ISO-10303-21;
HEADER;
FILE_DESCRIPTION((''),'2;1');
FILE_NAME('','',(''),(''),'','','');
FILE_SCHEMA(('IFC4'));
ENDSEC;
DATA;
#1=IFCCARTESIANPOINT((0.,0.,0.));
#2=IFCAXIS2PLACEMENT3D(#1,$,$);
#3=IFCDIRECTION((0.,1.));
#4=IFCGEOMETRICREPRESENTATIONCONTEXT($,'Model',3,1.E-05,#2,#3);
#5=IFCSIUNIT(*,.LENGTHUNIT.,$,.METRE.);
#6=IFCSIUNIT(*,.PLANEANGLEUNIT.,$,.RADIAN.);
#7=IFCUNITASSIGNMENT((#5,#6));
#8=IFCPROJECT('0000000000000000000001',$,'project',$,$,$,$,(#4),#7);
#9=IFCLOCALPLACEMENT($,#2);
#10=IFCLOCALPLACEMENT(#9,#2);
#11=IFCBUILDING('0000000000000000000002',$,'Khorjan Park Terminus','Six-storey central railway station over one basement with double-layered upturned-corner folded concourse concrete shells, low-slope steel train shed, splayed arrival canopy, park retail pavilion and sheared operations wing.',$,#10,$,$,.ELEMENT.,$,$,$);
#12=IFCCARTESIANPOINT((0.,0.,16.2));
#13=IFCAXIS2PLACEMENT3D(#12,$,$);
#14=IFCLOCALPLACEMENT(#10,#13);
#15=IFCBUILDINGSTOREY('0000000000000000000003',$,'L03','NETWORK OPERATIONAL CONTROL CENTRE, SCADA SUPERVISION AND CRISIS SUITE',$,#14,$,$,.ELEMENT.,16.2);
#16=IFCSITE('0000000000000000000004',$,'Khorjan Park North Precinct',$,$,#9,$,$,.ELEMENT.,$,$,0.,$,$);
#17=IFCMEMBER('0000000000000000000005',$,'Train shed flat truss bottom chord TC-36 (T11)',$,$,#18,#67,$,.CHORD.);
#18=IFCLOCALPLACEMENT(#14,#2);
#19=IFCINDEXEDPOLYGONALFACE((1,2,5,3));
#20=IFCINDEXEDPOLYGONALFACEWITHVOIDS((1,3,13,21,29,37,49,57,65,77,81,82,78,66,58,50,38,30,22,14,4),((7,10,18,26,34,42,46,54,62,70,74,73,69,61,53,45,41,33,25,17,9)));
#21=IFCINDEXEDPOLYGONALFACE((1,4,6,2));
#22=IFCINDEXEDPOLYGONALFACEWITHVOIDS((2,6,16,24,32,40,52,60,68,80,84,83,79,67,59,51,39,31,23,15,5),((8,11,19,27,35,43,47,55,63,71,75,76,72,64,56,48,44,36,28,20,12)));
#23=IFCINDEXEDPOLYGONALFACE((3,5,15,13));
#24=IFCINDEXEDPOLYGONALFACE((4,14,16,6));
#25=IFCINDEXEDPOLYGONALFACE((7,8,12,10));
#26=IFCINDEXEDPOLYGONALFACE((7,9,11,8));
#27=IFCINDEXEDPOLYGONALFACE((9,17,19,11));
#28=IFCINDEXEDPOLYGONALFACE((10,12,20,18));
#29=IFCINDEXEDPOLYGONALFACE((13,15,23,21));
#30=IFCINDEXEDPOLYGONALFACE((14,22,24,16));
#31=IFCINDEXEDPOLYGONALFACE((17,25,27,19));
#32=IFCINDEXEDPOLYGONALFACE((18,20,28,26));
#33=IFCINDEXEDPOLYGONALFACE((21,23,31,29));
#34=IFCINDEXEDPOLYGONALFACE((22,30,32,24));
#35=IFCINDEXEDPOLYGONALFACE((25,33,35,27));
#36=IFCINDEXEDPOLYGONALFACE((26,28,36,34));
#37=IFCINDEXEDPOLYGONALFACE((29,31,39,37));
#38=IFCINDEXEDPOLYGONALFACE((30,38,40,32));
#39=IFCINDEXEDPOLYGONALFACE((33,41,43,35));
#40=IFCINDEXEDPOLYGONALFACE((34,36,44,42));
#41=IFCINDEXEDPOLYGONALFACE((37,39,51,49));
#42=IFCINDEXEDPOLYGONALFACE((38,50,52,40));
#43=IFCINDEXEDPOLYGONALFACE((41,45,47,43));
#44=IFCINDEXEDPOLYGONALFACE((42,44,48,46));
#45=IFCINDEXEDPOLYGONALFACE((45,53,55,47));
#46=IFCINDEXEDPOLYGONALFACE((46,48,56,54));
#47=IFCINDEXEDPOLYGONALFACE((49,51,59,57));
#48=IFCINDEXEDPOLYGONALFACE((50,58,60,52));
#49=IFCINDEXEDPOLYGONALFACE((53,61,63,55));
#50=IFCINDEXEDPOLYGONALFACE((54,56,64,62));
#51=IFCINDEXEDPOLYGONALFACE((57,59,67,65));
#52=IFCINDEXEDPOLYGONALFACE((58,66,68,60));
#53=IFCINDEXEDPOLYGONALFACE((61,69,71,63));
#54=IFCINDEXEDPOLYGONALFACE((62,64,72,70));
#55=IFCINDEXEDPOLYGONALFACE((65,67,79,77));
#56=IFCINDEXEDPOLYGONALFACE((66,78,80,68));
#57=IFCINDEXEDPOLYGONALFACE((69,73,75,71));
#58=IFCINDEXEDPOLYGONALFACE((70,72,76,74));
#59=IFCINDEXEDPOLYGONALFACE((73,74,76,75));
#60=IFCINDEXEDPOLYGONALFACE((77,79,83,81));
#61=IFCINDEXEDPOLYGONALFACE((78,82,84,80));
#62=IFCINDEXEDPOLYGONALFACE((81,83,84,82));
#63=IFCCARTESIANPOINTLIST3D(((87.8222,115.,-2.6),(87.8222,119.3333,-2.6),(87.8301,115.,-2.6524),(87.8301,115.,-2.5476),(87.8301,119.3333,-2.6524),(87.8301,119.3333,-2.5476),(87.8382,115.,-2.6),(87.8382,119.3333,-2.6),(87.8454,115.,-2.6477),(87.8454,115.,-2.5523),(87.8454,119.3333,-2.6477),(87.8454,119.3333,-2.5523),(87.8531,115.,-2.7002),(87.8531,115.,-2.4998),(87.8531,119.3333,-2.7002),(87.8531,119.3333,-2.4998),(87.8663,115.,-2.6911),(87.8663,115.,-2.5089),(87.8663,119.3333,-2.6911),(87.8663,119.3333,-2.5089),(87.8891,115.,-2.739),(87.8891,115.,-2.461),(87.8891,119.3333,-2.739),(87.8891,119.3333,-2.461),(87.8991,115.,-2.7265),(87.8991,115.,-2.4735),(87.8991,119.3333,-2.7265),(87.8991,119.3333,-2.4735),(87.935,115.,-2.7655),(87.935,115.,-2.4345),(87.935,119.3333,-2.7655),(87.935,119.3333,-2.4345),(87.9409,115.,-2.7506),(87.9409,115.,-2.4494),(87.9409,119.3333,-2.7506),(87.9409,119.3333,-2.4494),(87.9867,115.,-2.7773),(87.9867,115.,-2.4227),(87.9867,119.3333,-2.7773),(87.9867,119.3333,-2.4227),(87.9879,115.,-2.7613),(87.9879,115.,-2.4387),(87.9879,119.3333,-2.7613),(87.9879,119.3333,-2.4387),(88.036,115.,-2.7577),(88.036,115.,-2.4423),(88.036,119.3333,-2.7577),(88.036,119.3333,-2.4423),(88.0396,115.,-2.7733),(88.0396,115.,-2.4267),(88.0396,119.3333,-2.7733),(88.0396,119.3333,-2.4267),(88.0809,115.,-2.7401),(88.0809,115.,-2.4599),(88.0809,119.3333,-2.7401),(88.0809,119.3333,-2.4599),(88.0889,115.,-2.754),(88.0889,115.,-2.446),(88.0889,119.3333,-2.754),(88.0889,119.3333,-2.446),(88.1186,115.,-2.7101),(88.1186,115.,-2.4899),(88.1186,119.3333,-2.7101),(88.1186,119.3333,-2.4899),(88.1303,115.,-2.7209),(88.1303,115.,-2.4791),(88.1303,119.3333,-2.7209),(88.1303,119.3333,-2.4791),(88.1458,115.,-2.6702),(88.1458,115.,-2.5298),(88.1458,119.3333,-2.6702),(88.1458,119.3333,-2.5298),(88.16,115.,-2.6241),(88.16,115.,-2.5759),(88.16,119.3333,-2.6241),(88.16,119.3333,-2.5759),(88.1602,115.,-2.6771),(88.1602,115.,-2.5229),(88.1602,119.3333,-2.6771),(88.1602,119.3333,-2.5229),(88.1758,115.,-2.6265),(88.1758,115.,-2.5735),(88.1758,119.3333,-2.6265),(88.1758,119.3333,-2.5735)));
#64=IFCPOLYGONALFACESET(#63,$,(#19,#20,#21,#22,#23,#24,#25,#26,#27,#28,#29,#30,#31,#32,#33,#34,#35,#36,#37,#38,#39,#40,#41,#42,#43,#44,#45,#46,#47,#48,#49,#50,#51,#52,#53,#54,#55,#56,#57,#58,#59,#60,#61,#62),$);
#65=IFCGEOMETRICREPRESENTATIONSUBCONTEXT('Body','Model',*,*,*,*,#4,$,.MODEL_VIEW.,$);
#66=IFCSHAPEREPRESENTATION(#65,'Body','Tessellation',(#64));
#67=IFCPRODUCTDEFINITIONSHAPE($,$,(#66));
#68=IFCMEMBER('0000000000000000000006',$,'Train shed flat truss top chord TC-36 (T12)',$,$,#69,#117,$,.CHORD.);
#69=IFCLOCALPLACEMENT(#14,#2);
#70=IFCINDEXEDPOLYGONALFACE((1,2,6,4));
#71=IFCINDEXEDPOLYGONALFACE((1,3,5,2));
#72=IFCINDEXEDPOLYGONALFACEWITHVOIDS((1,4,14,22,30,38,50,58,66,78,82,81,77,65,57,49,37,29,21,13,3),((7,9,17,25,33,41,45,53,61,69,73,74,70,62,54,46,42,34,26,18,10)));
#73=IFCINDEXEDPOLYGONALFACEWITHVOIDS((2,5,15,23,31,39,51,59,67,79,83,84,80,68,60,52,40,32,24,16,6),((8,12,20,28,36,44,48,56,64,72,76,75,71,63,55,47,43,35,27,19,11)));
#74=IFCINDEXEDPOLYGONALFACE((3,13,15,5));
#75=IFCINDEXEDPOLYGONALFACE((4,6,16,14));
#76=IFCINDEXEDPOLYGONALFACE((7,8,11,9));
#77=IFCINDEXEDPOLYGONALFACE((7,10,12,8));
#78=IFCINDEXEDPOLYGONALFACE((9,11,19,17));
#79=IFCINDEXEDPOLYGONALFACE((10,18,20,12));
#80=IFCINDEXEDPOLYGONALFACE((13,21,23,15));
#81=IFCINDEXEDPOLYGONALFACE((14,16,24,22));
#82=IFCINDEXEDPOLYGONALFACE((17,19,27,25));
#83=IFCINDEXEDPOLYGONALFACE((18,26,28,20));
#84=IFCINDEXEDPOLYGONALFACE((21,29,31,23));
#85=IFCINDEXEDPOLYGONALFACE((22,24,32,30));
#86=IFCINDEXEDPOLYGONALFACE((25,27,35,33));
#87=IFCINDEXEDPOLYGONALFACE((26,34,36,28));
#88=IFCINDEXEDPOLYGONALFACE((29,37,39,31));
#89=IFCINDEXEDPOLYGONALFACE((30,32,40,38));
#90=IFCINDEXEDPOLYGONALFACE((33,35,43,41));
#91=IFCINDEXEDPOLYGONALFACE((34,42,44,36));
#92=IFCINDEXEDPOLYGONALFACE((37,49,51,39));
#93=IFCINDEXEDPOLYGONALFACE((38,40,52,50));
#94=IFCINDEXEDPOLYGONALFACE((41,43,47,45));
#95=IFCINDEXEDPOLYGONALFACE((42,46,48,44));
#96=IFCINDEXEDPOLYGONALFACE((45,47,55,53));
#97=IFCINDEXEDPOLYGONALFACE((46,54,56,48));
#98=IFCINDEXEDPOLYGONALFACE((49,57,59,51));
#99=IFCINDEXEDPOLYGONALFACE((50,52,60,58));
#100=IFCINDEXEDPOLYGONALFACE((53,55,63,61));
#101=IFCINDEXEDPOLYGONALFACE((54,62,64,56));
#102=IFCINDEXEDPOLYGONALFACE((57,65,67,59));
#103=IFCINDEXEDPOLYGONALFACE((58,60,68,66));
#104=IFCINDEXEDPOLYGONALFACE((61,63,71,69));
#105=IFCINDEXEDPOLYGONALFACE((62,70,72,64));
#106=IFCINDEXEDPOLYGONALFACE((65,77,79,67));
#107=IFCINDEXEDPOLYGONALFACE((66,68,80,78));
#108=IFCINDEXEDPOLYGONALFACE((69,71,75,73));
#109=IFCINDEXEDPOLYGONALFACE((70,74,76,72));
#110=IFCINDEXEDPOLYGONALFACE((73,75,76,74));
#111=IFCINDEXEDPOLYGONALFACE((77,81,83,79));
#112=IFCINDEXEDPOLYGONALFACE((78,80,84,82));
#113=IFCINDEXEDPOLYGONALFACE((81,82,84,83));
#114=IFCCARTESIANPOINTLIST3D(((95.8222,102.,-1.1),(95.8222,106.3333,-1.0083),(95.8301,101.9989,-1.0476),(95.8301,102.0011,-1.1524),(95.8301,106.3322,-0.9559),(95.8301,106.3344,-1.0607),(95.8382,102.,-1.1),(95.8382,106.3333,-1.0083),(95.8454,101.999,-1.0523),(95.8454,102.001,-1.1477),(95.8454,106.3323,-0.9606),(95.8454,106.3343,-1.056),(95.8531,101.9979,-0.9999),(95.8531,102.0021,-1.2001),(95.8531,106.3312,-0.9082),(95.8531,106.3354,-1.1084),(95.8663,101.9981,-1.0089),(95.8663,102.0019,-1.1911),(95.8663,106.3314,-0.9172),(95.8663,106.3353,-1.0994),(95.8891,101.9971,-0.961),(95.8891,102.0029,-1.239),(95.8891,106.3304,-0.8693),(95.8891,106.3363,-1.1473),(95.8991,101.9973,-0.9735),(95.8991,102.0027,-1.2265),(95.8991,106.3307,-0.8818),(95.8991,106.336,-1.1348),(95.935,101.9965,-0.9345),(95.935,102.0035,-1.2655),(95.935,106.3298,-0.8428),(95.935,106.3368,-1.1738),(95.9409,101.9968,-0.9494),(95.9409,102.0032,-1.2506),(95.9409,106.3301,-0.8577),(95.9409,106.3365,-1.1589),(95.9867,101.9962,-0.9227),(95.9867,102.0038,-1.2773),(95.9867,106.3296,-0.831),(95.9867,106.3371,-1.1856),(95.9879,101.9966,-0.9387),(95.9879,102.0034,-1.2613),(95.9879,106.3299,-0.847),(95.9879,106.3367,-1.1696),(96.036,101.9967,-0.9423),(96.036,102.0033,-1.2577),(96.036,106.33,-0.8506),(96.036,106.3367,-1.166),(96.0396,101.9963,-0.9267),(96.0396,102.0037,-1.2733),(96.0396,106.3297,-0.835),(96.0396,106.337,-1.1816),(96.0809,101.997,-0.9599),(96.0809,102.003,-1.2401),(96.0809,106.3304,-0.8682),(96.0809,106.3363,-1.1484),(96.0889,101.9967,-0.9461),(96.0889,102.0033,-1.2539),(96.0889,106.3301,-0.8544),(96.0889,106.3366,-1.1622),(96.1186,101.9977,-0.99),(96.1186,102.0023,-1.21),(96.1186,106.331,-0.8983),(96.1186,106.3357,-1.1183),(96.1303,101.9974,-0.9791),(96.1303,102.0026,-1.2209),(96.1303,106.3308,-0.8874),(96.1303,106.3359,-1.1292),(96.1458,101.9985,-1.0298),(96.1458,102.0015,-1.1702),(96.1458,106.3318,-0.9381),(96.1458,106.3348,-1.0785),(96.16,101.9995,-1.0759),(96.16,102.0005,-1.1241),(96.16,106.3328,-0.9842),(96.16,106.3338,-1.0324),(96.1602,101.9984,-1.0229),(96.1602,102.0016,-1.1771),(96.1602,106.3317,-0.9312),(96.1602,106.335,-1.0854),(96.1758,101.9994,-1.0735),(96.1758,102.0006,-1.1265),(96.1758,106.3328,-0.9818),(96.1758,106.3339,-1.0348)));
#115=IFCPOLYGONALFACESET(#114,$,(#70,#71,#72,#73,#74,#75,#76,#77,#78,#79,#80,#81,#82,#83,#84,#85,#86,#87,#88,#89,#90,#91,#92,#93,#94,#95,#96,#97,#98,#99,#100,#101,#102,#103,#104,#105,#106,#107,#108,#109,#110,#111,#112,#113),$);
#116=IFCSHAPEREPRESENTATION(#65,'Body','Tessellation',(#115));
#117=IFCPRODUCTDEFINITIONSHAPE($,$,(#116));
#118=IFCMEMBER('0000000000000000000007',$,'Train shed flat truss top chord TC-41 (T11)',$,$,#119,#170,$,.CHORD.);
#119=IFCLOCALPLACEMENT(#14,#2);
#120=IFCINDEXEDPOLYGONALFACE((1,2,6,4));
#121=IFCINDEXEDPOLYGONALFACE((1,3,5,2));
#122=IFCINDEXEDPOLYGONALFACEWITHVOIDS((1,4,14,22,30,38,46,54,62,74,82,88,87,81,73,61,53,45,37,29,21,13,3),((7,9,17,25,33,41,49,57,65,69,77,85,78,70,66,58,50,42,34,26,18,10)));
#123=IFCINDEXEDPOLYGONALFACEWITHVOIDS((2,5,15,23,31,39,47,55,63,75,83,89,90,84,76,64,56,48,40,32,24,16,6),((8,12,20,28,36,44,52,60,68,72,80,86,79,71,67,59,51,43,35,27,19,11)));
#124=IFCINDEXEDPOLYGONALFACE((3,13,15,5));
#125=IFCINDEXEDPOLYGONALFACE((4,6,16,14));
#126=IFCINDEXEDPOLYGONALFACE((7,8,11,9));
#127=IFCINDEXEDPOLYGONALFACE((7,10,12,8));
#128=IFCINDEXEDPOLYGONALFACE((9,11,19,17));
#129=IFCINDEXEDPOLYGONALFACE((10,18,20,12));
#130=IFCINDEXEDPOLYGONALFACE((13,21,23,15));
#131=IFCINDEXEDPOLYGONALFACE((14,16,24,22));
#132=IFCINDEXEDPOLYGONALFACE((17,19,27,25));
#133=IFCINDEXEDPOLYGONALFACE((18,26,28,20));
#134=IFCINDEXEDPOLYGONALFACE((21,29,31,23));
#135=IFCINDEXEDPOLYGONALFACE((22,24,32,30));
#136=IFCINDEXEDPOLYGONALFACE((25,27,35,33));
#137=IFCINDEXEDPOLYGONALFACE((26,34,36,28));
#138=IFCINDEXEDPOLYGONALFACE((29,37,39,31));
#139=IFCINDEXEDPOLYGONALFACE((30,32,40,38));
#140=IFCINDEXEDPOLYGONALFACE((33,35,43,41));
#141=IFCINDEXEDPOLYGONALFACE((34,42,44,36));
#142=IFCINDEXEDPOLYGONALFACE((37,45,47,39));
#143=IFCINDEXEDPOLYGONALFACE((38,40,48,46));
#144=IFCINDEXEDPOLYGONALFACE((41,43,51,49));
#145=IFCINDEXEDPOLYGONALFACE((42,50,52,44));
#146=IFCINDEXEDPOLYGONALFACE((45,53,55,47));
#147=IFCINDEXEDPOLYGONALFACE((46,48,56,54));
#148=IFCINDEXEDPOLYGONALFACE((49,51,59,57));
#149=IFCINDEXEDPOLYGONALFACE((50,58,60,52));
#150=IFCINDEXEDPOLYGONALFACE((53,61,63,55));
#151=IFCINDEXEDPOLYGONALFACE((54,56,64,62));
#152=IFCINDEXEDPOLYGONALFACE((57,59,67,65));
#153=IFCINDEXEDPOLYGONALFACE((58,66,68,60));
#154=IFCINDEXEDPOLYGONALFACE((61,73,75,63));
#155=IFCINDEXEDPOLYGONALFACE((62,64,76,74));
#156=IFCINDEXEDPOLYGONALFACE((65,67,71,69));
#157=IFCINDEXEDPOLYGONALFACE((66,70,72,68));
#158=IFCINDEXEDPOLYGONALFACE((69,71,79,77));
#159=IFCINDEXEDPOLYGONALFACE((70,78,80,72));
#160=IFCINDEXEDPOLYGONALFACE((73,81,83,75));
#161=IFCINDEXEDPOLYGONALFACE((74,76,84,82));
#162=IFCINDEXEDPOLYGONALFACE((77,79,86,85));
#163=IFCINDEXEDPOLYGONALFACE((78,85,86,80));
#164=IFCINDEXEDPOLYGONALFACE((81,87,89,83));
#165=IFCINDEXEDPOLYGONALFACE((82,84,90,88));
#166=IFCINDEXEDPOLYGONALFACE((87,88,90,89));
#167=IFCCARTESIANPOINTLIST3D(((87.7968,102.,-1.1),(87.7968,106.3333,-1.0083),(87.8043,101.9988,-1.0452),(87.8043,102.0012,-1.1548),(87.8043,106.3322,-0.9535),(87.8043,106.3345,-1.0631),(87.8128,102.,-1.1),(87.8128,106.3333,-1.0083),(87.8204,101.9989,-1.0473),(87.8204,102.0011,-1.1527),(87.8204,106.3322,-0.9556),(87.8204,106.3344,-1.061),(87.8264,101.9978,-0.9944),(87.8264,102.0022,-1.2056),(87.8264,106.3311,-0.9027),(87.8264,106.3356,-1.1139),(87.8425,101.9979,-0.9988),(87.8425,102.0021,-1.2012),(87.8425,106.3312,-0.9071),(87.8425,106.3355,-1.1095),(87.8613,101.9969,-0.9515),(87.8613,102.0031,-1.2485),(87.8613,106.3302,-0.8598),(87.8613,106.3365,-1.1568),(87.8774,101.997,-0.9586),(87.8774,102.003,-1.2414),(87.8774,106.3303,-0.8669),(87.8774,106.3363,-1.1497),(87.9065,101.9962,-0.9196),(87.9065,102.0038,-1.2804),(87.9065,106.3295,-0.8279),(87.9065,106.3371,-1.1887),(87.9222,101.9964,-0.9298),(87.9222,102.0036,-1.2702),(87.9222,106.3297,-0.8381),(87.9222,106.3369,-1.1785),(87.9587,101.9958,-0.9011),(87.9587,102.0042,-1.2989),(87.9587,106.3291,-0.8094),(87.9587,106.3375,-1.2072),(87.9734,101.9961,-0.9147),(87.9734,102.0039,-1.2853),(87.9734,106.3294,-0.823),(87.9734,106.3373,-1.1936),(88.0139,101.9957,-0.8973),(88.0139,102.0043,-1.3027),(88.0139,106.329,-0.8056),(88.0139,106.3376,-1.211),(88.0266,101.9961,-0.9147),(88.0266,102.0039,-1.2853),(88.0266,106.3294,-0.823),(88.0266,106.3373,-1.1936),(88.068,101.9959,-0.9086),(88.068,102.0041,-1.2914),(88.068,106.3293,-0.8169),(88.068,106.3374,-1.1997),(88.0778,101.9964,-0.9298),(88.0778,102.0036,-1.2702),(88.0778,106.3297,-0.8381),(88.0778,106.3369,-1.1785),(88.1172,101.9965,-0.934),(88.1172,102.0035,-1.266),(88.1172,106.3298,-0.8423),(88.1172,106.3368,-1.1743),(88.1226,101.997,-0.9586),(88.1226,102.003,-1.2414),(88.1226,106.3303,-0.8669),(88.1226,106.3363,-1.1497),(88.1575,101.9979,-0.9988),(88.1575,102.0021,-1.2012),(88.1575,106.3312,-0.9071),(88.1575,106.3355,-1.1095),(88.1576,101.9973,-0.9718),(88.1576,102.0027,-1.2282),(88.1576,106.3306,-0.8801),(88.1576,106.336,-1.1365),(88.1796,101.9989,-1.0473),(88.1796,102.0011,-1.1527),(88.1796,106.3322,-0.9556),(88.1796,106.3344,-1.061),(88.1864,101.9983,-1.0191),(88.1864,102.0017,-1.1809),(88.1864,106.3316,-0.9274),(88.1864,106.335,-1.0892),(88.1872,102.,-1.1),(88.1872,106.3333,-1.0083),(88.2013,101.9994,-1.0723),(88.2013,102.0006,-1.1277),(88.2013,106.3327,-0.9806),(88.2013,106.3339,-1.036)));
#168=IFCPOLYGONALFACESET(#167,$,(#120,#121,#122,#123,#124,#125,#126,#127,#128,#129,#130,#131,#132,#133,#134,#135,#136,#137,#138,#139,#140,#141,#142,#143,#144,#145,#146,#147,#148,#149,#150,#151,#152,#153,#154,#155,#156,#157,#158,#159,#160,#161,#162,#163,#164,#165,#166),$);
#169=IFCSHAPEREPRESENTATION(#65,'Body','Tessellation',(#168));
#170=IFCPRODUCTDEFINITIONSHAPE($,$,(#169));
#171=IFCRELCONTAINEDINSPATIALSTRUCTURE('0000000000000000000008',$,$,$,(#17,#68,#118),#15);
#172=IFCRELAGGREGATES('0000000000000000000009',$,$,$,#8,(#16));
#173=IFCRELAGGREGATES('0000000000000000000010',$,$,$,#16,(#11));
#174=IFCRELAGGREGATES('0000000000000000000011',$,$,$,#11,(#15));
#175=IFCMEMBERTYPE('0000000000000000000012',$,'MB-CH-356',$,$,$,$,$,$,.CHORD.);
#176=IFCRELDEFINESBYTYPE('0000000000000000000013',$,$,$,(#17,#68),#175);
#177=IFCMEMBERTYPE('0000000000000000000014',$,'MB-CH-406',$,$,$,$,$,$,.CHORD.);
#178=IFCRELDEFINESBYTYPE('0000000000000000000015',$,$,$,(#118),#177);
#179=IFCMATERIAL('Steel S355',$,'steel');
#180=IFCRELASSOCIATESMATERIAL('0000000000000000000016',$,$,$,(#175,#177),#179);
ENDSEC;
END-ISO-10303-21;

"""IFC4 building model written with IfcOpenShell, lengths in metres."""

from ifc_helpers import new_model, si_unit, direction, frame, origin, origin_2d, place, context, subcontext, project, spatial, hollow_circle, extrude, material, material_profile, profile_set, type_object, element, save


model = new_model("IFC4")

# Units and contexts
model_context = context("Model", 3, precision=1e-05, world=origin(), true_north=direction((0.0, 1.0)))
body_context = subcontext(model_context, "Body", "Model", "MODEL_VIEW")
ifc_project = project(units=[si_unit("LENGTHUNIT", "METRE"), si_unit("PLANEANGLEUNIT", "RADIAN")], contexts=[model_context])

# Site, building, storey
site_placement = place(None, origin())
site = spatial("IfcSite", under=ifc_project, at=site_placement, Name="Khorjan Park North Precinct", CompositionType="ELEMENT", RefElevation=0.0)
building_placement = place(site_placement, origin())
building = spatial("IfcBuilding", under=site, at=building_placement, Name="Khorjan Park Terminus", Description="Six-storey central railway station over one basement with double-layered upturned-corner folded concourse concrete shells, low-slope steel train shed, splayed arrival canopy, park retail pavilion and sheared operations wing.", CompositionType="ELEMENT")
storey_placement = place(building_placement, frame((0.0, 0.0, 16.2)))
storey = spatial("IfcBuildingStorey", under=building, at=storey_placement, Name="L03", Description="NETWORK OPERATIONAL CONTROL CENTRE, SCADA SUPERVISION AND CRISIS SUITE", CompositionType="ELEMENT", Elevation=16.2)

# Members
ifc_material_1 = material(Name="Steel S355", Category="steel")
ifc_material_profile_1 = material_profile(ifc_material_1, hollow_circle(Radius=0.1778, WallThickness=0.016, at=origin_2d()), Name="CHS 355.6x16")
ifc_profile_set_1 = profile_set([ifc_material_profile_1], Name="Steel S355")
member_type_1 = type_object("IfcMemberType", Name="MB-CH-356", PredefinedType="CHORD", material=ifc_profile_set_1)
for number, where, z_axis, x_axis, name in (
    (1, (88.0, 115.0, -2.6), (0.0, 1.0, 0.0), (-1.0, 0.0, 0.0), "Train shed flat truss bottom chord TC-36 (T11)"),
):
    element("IfcMember", number, at=place(storey_placement, frame(where, z_axis=z_axis, x_axis=x_axis)), inside=storey, type_object=member_type_1, Name=name, PredefinedType="CHORD", context=body_context, shape_type="SweptSolid", body=[
        extrude(hollow_circle(Radius=0.1778, WallThickness=0.016, at=origin_2d()), origin(), (0.0, 0.0, 1.0), 4.3333),
    ])
member_1_placement = place(storey_placement, frame((96.0, 102.0, -1.1), z_axis=(0.0, 0.999776, 0.021157), x_axis=(-1.0, 0.0, 0.0)))
element("IfcMember", 2, at=member_1_placement, inside=storey, type_object=member_type_1, Name="Train shed flat truss top chord TC-36 (T12)", PredefinedType="CHORD", context=body_context, shape_type="SweptSolid", body=[
    extrude(hollow_circle(Radius=0.1778, WallThickness=0.016, at=origin_2d()), origin(), (0.0, 0.0, 1.0), 4.3343),
])
ifc_material_profile_2 = material_profile(ifc_material_1, hollow_circle(Radius=0.2032, WallThickness=0.016, at=origin_2d()), Name="CHS 406.4x16")
ifc_profile_set_2 = profile_set([ifc_material_profile_2], Name="Steel S355")
member_type_2 = type_object("IfcMemberType", Name="MB-CH-406", PredefinedType="CHORD", material=ifc_profile_set_2)
member_2_placement = place(storey_placement, frame((88.0, 102.0, -1.1), z_axis=(0.0, 0.999776, 0.021157), x_axis=(-1.0, 0.0, 0.0)))
element("IfcMember", 3, at=member_2_placement, inside=storey, type_object=member_type_2, Name="Train shed flat truss top chord TC-41 (T11)", PredefinedType="CHORD", context=body_context, shape_type="SweptSolid", body=[
    extrude(hollow_circle(Radius=0.2032, WallThickness=0.016, at=origin_2d()), origin(), (0.0, 0.0, 1.0), 4.3343),
])

save(model, "model.ifc")
